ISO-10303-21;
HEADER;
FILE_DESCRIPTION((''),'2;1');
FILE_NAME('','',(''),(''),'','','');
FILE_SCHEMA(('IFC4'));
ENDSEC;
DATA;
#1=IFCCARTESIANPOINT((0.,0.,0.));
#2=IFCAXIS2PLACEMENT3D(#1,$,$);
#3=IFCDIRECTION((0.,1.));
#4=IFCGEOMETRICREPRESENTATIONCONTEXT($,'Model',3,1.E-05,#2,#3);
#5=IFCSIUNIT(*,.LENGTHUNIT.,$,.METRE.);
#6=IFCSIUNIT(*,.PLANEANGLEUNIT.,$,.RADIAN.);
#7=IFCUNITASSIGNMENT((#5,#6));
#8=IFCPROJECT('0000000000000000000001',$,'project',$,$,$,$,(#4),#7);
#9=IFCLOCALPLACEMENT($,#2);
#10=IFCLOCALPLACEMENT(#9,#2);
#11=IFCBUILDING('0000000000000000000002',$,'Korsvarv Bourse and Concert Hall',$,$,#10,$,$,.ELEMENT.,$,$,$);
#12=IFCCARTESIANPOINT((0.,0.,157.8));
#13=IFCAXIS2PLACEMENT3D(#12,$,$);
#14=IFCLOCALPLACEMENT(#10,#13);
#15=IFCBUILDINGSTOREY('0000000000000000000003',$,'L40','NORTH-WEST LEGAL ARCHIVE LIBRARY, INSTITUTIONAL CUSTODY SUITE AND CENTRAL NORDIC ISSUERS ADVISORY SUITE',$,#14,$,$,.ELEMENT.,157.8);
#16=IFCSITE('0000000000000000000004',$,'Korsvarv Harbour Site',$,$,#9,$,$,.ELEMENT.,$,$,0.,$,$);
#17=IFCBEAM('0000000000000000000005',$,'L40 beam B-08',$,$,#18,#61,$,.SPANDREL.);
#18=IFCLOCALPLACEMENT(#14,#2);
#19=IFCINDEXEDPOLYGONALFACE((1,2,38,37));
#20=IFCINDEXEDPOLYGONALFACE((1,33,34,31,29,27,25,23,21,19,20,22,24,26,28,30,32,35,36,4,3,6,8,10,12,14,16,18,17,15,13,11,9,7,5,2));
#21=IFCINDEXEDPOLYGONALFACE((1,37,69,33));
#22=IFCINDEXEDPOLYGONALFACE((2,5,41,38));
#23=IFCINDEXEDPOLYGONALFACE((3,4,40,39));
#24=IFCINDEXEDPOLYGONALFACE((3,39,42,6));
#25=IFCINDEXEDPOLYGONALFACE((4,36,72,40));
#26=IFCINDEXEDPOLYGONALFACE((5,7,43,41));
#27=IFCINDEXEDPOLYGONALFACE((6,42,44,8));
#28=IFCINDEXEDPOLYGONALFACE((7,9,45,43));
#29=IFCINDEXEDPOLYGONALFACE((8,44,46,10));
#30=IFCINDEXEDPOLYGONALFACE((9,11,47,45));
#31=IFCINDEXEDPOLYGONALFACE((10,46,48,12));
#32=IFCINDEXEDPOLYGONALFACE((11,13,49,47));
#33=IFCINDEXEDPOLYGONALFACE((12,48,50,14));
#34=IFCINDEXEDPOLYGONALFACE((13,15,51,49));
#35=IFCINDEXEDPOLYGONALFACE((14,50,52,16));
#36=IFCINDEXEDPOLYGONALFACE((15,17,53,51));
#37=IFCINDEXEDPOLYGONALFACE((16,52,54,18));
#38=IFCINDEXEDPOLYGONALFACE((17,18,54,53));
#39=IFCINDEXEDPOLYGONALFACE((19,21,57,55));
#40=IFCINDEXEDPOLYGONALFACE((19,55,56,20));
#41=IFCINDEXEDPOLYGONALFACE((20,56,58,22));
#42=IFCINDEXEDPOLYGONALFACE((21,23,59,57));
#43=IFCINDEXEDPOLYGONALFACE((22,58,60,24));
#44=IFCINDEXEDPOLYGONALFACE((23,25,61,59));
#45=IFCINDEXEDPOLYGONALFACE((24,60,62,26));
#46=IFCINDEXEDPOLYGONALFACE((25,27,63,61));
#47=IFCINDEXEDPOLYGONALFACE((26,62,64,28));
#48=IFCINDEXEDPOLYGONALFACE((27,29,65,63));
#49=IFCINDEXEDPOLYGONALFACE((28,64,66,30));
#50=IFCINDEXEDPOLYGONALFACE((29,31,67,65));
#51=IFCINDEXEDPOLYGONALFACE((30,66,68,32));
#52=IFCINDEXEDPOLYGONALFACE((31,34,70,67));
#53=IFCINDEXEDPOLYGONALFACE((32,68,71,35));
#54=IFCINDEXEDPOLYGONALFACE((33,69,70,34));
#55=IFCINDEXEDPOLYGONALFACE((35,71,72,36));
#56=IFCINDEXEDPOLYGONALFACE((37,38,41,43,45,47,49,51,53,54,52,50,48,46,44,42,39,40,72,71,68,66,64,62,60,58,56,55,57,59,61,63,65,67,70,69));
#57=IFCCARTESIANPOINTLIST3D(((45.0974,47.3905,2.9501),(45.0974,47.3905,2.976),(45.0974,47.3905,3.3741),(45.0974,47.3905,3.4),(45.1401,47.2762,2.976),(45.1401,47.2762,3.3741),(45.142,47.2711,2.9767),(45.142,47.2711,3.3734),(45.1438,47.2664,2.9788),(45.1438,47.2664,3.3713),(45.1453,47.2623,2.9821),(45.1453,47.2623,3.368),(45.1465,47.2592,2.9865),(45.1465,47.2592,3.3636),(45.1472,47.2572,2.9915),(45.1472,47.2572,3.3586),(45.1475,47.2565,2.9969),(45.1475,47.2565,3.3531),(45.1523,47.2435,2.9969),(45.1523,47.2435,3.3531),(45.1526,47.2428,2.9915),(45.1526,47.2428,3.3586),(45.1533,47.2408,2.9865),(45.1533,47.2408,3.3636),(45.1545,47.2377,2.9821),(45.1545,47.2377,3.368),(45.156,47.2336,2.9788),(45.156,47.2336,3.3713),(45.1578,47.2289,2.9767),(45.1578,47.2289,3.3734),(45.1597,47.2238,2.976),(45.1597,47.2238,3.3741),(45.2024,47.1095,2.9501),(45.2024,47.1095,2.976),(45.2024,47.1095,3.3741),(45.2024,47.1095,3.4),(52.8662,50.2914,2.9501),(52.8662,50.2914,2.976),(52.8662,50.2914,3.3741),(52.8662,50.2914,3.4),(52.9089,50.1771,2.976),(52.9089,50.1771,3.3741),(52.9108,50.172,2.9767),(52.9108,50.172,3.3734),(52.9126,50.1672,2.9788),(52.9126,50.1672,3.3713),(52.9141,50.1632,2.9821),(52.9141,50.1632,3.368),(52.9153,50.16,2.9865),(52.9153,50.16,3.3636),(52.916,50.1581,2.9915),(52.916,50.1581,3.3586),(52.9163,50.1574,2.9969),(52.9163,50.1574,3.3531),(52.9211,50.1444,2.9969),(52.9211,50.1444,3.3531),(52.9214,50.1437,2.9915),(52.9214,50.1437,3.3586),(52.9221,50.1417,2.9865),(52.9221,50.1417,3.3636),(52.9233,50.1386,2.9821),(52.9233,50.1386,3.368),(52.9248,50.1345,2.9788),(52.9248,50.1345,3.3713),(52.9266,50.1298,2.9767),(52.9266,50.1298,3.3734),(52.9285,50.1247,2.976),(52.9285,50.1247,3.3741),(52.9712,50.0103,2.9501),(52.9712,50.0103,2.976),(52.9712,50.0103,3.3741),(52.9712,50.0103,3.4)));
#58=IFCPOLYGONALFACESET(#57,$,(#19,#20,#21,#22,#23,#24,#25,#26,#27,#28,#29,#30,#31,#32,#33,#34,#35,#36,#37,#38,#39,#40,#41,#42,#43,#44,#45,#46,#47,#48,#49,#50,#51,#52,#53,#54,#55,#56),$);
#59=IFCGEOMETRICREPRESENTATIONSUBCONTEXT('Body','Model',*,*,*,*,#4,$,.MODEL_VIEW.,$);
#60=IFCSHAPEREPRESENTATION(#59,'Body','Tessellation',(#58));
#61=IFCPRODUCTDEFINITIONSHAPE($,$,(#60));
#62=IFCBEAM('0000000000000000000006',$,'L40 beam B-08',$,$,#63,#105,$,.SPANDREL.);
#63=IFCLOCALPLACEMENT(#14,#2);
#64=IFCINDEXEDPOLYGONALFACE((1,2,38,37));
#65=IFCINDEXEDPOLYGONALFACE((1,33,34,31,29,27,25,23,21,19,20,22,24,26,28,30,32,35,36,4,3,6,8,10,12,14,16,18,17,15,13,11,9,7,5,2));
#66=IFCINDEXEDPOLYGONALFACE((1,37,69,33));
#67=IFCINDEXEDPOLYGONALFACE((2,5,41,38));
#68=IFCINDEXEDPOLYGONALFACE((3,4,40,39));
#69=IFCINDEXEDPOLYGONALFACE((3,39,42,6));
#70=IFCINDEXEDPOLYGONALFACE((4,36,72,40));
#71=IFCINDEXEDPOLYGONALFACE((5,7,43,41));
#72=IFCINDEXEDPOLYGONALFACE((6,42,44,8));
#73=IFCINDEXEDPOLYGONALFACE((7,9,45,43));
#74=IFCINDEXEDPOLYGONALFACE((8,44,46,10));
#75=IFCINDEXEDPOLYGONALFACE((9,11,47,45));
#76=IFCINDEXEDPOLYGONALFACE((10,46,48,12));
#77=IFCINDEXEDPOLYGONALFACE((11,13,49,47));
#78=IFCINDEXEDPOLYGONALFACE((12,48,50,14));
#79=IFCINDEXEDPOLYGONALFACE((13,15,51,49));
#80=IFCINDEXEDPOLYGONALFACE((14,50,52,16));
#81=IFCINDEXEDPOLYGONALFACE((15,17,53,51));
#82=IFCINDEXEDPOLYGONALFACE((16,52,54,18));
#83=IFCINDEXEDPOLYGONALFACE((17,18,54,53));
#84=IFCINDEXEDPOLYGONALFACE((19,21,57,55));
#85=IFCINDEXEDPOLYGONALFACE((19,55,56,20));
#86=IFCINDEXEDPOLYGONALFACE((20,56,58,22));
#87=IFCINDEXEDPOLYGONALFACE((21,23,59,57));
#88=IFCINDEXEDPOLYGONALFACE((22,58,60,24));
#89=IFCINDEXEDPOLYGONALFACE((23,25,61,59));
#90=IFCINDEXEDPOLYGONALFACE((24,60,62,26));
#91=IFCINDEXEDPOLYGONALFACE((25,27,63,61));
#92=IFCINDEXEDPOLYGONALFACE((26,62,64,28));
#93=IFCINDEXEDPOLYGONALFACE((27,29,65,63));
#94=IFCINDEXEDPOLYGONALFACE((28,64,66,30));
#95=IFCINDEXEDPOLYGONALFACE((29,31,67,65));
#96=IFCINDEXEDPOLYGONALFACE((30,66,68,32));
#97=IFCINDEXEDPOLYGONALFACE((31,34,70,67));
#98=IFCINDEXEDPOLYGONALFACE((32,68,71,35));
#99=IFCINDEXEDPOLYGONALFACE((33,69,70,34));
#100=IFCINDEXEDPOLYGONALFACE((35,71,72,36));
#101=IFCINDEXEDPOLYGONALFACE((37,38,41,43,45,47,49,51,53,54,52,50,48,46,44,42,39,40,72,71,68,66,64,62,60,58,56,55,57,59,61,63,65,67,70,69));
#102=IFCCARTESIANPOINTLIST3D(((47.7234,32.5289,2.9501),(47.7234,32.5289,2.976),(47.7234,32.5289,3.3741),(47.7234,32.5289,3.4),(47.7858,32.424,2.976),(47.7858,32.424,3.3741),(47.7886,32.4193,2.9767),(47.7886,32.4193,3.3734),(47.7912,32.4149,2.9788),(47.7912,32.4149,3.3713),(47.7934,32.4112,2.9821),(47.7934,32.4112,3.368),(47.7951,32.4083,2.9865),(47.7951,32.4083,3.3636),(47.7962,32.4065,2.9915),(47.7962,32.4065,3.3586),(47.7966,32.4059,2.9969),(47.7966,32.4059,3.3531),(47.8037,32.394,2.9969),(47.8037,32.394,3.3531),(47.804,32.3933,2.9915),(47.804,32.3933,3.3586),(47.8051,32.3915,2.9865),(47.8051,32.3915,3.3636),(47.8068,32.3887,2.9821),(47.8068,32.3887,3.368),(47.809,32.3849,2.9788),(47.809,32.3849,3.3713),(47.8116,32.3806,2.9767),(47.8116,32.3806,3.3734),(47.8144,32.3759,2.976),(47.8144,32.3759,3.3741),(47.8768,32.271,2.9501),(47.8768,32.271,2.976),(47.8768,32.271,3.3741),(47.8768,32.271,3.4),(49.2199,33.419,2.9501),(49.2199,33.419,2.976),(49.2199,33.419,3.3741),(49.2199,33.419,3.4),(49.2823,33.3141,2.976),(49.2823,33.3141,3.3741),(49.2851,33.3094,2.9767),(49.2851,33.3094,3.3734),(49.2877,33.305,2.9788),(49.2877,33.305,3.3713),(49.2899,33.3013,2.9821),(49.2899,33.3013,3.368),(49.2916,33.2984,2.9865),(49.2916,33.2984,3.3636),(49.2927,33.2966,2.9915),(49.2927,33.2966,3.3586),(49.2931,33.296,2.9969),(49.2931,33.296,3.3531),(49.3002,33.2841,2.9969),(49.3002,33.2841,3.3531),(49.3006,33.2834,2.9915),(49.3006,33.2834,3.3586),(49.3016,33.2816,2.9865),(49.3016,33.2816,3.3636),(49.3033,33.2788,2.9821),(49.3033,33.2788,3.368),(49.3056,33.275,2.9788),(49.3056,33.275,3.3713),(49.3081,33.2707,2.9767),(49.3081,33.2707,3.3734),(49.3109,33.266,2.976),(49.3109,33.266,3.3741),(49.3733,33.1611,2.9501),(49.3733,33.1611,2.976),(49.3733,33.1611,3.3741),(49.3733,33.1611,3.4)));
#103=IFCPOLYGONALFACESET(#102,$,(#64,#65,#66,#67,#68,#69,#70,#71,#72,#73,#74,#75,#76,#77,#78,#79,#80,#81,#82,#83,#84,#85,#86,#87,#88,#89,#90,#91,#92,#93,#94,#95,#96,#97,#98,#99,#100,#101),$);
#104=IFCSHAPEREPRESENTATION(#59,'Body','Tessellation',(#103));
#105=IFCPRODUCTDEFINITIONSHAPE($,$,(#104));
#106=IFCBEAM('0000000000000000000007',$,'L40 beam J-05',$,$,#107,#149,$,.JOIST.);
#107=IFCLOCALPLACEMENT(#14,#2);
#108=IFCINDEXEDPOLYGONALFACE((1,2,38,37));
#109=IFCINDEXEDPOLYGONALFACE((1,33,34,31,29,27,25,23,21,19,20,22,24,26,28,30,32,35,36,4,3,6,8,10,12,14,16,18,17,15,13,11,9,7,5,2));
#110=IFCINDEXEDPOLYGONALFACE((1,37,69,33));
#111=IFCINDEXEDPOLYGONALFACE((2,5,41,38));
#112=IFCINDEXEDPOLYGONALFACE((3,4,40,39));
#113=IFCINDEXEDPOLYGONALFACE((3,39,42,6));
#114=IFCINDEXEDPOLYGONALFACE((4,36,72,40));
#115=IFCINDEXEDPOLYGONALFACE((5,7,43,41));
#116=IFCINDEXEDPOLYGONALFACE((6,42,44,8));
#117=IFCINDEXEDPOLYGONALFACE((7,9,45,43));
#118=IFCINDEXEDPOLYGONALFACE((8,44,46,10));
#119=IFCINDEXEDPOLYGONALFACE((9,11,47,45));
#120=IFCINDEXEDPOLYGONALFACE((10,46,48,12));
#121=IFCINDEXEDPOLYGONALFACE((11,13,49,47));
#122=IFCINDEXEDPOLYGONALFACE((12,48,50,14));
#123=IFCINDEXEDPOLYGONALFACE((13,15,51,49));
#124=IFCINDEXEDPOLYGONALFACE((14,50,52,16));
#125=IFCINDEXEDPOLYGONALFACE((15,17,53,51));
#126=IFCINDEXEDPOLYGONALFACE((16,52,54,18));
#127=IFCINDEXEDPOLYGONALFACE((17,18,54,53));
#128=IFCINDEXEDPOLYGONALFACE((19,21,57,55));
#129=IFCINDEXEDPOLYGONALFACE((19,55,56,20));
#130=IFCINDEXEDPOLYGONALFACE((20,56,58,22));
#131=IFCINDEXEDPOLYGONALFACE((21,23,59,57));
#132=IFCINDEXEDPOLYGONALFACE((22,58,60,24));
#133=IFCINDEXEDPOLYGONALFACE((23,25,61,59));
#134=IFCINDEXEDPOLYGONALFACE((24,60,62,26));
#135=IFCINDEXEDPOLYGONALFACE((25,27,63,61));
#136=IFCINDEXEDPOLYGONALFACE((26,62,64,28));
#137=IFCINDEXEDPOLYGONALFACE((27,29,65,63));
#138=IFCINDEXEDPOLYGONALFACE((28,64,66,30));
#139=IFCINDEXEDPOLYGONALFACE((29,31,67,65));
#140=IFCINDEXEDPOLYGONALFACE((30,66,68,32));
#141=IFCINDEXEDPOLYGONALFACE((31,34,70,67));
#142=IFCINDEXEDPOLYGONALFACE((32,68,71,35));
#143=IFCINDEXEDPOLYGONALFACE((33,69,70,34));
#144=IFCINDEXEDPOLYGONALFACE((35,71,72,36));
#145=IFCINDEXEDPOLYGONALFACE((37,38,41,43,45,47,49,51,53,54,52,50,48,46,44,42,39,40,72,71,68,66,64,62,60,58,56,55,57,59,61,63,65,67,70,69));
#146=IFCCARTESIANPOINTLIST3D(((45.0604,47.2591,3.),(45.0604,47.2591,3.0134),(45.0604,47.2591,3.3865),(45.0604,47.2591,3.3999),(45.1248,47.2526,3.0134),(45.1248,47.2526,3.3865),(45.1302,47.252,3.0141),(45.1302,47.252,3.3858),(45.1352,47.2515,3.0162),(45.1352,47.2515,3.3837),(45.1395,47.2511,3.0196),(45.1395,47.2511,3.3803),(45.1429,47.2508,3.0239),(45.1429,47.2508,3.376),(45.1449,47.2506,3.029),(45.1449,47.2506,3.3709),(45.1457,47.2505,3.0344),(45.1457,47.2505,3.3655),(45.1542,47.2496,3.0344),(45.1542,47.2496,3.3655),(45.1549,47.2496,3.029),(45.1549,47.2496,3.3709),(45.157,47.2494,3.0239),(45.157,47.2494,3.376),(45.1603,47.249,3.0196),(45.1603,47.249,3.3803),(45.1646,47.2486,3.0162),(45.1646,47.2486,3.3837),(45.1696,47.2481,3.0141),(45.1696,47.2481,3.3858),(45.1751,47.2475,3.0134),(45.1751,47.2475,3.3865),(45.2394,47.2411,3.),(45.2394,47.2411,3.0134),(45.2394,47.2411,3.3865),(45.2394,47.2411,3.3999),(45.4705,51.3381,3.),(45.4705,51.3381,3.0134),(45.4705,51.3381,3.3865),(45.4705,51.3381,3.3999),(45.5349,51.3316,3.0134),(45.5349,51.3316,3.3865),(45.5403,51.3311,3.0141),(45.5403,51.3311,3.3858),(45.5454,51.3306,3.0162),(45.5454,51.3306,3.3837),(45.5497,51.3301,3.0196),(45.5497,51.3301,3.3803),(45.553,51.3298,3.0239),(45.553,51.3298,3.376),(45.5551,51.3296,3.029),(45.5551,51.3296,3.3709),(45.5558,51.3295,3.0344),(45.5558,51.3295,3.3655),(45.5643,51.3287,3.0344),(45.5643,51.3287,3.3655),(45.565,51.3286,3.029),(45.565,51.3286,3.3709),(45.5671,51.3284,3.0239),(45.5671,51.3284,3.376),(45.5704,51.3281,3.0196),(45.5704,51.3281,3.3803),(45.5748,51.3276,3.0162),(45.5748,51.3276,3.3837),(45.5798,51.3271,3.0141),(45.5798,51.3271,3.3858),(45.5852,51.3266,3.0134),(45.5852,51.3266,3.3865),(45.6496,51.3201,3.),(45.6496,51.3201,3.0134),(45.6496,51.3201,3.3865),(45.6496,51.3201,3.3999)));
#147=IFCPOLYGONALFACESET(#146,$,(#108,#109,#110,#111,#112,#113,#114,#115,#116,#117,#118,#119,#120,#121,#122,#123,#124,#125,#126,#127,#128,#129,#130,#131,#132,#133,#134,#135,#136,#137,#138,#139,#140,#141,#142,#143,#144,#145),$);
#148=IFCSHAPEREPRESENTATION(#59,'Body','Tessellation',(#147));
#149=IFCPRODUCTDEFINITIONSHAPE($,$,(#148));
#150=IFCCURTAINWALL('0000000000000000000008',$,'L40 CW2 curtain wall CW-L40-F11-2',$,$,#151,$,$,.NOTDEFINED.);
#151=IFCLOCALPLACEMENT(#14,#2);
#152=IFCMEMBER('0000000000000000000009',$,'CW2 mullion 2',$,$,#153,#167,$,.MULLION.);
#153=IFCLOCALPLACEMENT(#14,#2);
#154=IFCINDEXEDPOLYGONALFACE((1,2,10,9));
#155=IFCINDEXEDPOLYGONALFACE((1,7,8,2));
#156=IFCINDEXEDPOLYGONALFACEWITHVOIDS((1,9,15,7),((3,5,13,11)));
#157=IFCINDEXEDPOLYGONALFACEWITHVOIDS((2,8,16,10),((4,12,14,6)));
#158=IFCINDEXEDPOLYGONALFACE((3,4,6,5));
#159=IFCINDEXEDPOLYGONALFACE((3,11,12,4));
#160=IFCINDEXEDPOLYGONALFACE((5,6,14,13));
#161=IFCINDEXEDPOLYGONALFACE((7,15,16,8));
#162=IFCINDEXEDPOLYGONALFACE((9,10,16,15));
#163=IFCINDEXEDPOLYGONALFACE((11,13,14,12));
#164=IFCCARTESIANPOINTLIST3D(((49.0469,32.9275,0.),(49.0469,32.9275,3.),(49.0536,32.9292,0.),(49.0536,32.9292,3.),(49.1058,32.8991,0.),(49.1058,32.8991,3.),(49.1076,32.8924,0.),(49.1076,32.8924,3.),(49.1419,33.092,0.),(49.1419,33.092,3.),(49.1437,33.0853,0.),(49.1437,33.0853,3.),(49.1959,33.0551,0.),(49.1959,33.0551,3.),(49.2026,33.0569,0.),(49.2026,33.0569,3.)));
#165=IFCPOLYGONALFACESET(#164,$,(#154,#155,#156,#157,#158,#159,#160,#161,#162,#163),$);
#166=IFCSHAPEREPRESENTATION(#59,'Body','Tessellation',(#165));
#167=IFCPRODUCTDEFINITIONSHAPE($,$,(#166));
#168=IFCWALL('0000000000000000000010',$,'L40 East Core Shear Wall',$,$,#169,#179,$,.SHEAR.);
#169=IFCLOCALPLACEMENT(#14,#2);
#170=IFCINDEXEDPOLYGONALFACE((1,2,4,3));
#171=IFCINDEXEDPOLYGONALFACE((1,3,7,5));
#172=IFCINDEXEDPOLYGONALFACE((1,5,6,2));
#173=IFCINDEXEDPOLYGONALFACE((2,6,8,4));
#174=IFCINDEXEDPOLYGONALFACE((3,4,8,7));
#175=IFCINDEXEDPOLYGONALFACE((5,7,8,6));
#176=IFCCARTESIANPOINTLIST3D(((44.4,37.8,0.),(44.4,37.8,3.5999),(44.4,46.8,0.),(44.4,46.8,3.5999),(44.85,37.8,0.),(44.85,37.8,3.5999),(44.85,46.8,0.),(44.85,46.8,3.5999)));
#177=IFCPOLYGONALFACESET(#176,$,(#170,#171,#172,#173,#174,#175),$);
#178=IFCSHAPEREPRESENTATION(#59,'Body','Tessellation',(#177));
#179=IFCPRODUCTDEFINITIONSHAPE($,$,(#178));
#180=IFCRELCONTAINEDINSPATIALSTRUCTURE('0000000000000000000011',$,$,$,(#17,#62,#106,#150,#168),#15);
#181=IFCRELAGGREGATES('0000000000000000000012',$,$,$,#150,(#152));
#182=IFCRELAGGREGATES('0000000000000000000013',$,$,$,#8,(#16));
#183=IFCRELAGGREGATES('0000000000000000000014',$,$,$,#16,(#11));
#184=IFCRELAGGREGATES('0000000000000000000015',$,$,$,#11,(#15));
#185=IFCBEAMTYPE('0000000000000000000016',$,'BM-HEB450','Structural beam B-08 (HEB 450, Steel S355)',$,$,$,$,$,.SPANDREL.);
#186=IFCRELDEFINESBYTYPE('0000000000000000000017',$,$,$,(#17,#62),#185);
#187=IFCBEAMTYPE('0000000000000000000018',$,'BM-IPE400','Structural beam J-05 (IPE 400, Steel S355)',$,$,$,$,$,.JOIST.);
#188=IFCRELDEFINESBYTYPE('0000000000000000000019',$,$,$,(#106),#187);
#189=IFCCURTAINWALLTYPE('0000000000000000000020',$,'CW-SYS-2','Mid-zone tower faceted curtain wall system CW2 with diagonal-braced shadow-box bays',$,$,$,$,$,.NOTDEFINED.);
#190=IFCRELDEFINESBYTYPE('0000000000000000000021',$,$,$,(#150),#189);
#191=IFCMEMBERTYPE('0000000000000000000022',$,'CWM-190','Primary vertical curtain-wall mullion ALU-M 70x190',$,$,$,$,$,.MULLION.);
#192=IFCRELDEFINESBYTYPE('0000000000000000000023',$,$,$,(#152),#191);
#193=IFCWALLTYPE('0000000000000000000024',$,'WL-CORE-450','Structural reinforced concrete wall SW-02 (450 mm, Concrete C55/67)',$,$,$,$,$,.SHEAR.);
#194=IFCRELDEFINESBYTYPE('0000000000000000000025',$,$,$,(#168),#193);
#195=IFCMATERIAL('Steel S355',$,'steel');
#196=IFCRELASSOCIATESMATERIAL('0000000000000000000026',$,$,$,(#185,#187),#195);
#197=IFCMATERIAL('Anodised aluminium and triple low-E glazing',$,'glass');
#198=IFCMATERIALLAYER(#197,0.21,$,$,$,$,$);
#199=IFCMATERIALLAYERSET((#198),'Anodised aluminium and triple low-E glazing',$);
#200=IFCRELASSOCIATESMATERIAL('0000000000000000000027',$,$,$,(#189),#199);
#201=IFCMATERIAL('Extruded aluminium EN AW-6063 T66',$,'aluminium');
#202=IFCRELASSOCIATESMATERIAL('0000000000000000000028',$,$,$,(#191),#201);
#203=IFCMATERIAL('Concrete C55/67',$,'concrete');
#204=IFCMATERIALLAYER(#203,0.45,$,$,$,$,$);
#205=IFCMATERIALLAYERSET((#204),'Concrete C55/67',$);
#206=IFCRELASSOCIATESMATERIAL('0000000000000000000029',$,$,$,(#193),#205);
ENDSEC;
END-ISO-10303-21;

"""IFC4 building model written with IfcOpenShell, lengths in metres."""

from ifc_helpers import new_model, si_unit, direction, frame, frame_2d, origin, origin_2d, place, context, subcontext, project, spatial, rectangle, hollow_rectangle, i_section, extrude, source, transform, mapped, material, layer, layer_set, material_profile, profile_set, type_object, element, aggregate, save


model = new_model("IFC4")

# Units and contexts
model_context = context("Model", 3, precision=1e-05, world=origin(), true_north=direction((0.0, 1.0)))
body_context = subcontext(model_context, "Body", "Model", "MODEL_VIEW")
ifc_project = project(units=[si_unit("LENGTHUNIT", "METRE"), si_unit("PLANEANGLEUNIT", "RADIAN")], contexts=[model_context])

# Site, building, storey
site_placement = place(None, origin())
site = spatial("IfcSite", under=ifc_project, at=site_placement, Name="Korsvarv Harbour Site", CompositionType="ELEMENT", RefElevation=0.0)
building_placement = place(site_placement, origin())
building = spatial("IfcBuilding", under=site, at=building_placement, Name="Korsvarv Bourse and Concert Hall", CompositionType="ELEMENT")
storey_placement = place(building_placement, frame((0.0, 0.0, 157.8)))
storey = spatial("IfcBuildingStorey", under=building, at=storey_placement, Name="L40", Description="NORTH-WEST LEGAL ARCHIVE LIBRARY, INSTITUTIONAL CUSTODY SUITE AND CENTRAL NORDIC ISSUERS ADVISORY SUITE", CompositionType="ELEMENT", Elevation=157.8)

# Shared definitions
ifc_material_1 = material(Name="Steel S355", Category="steel")

# Beams
ifc_material_profile_1 = material_profile(ifc_material_1, i_section(OverallWidth=0.3, OverallDepth=0.45, WebThickness=0.0139, FlangeThickness=0.0259, FilletRadius=0.021, at=origin_2d()), Name="HEB 450")
ifc_profile_set_1 = profile_set([ifc_material_profile_1], Name="Steel S355")
beam_type_1 = type_object("IfcBeamType", Name="BM-HEB450", Description="Structural beam B-08 (HEB 450, Steel S355)", PredefinedType="SPANDREL", material=ifc_profile_set_1)
shared_shape_1 = source(origin(), body_context, "Body", "SweptSolid", [
    extrude(i_section(OverallWidth=0.3, OverallDepth=0.45, WebThickness=0.0139, FlangeThickness=0.0259, FilletRadius=0.021, at=origin_2d()), origin(), (0.0, 0.0, 1.0), 8.2927),
])
beam_1_placement = place(storey_placement, frame((52.9187, 50.1509, 3.175), z_axis=(-0.936821, -0.34981, 0.0), x_axis=(0.34981, -0.936821, 0.0)))
element("IfcBeam", 1, at=beam_1_placement, inside=storey, type_object=beam_type_1, Name="L40 beam B-08", PredefinedType="SPANDREL", context=body_context, shape_type="MappedRepresentation", body=[
    mapped(shared_shape_1, transform((0.0, 0.0, 0.0), scale=1.0)),
])
shared_shape_2 = source(origin(), body_context, "Body", "SweptSolid", [
    extrude(i_section(OverallWidth=0.3, OverallDepth=0.45, WebThickness=0.0139, FlangeThickness=0.0259, FilletRadius=0.021, at=origin_2d()), origin(), (0.0, 0.0, 1.0), 1.7412),
])
beam_2_placement = place(storey_placement, frame((49.2966, 33.29, 3.175), z_axis=(-0.859466, -0.511193, 0.0), x_axis=(0.511193, -0.859466, 0.0)))
element("IfcBeam", 2, at=beam_2_placement, inside=storey, type_object=beam_type_1, Name="L40 beam B-08", PredefinedType="SPANDREL", context=body_context, shape_type="MappedRepresentation", body=[
    mapped(shared_shape_2, transform((0.0, 0.0, 0.0), scale=1.0)),
])
ifc_material_profile_2 = material_profile(ifc_material_1, i_section(OverallWidth=0.1799, OverallDepth=0.3999, WebThickness=0.0085, FlangeThickness=0.0134, FilletRadius=0.021, at=origin_2d()), Name="IPE 400")
ifc_profile_set_2 = profile_set([ifc_material_profile_2], Name="Steel S355")
beam_type_2 = type_object("IfcBeamType", Name="BM-IPE400", Description="Structural beam J-05 (IPE 400, Steel S355)", PredefinedType="JOIST", material=ifc_profile_set_2)
shared_shape_3 = source(origin(), body_context, "Body", "SweptSolid", [
    extrude(i_section(OverallWidth=0.1799, OverallDepth=0.3999, WebThickness=0.0085, FlangeThickness=0.0134, FilletRadius=0.021, at=origin_2d()), origin(), (0.0, 0.0, 1.0), 4.0996),
])
beam_3_placement = place(storey_placement, frame((45.5601, 51.3291, 3.2), z_axis=(-0.100046, -0.994983, 0.0), x_axis=(0.994983, -0.100046, 0.0)))
element("IfcBeam", 3, at=beam_3_placement, inside=storey, type_object=beam_type_2, Name="L40 beam J-05", PredefinedType="JOIST", context=body_context, shape_type="MappedRepresentation", body=[
    mapped(shared_shape_3, transform((0.0, 0.0, 0.0), scale=1.0)),
])

# Curtain wall, member
ifc_material_2 = material(Name="Anodised aluminium and triple low-E glazing", Category="glass")
ifc_layer_1 = layer(ifc_material_2, 0.21)
ifc_layer_set_1 = layer_set([ifc_layer_1], Name="Anodised aluminium and triple low-E glazing")
curtain_wall_type = type_object("IfcCurtainWallType", Name="CW-SYS-2", Description="Mid-zone tower faceted curtain wall system CW2 with diagonal-braced shadow-box bays", PredefinedType="NOTDEFINED", material=ifc_layer_set_1)
curtain_wall_placement = place(storey_placement, origin())
curtain_wall = element("IfcCurtainWall", 4, at=curtain_wall_placement, inside=storey, type_object=curtain_wall_type, Name="L40 CW2 curtain wall CW-L40-F11-2", PredefinedType="NOTDEFINED")
ifc_material_3 = material(Name="Extruded aluminium EN AW-6063 T66", Category="aluminium")
ifc_material_profile_3 = material_profile(ifc_material_3, hollow_rectangle(XDim=0.0701, YDim=0.1899, WallThickness=0.0049, at=origin_2d()), Name="ALU-M 70x190")
ifc_profile_set_3 = profile_set([ifc_material_profile_3], Name="Extruded aluminium EN AW-6063 T66")
member_type = type_object("IfcMemberType", Name="CWM-190", Description="Primary vertical curtain-wall mullion ALU-M 70x190", PredefinedType="MULLION", material=ifc_profile_set_3)
shared_shape_4 = source(origin(), body_context, "Body", "SweptSolid", [
    extrude(hollow_rectangle(XDim=0.0701, YDim=0.1899, WallThickness=0.0049, at=origin_2d()), origin(), (0.0, 0.0, 1.0), 3.0),
])
member_placement = place(storey_placement, frame((49.1248, 32.9922, 0.0), z_axis=(0.0, 0.0, 1.0), x_axis=(-0.866008, 0.500031, 0.0)))
member = element("IfcMember", 5, at=member_placement, type_object=member_type, Name="CW2 mullion 2", PredefinedType="MULLION", context=body_context, shape_type="MappedRepresentation", body=[
    mapped(shared_shape_4, transform((0.0, 0.0, 0.0), scale=1.0)),
])
aggregate(curtain_wall, [member])

# Wall
ifc_material_4 = material(Name="Concrete C55/67", Category="concrete")
ifc_layer_2 = layer(ifc_material_4, 0.45)
ifc_layer_set_2 = layer_set([ifc_layer_2], Name="Concrete C55/67")
wall_type_1 = type_object("IfcWallType", Name="WL-CORE-450", Description="Structural reinforced concrete wall SW-02 (450 mm, Concrete C55/67)", PredefinedType="SHEAR", material=ifc_layer_set_2)
wall_1_placement = place(storey_placement, frame((44.625, 37.8, 0.0), z_axis=(0.0, 0.0, 1.0), x_axis=(0.0, 1.0, 0.0)))
element("IfcWall", 6, at=wall_1_placement, inside=storey, type_object=wall_type_1, Name="L40 East Core Shear Wall", PredefinedType="SHEAR", context=body_context, shape_type="SweptSolid", body=[
    extrude(rectangle(XDim=9.0, YDim=0.45, at=frame_2d((4.5, 0.0))), origin(), (0.0, 0.0, 1.0), 3.5999),
])

save(model, "model.ifc")
